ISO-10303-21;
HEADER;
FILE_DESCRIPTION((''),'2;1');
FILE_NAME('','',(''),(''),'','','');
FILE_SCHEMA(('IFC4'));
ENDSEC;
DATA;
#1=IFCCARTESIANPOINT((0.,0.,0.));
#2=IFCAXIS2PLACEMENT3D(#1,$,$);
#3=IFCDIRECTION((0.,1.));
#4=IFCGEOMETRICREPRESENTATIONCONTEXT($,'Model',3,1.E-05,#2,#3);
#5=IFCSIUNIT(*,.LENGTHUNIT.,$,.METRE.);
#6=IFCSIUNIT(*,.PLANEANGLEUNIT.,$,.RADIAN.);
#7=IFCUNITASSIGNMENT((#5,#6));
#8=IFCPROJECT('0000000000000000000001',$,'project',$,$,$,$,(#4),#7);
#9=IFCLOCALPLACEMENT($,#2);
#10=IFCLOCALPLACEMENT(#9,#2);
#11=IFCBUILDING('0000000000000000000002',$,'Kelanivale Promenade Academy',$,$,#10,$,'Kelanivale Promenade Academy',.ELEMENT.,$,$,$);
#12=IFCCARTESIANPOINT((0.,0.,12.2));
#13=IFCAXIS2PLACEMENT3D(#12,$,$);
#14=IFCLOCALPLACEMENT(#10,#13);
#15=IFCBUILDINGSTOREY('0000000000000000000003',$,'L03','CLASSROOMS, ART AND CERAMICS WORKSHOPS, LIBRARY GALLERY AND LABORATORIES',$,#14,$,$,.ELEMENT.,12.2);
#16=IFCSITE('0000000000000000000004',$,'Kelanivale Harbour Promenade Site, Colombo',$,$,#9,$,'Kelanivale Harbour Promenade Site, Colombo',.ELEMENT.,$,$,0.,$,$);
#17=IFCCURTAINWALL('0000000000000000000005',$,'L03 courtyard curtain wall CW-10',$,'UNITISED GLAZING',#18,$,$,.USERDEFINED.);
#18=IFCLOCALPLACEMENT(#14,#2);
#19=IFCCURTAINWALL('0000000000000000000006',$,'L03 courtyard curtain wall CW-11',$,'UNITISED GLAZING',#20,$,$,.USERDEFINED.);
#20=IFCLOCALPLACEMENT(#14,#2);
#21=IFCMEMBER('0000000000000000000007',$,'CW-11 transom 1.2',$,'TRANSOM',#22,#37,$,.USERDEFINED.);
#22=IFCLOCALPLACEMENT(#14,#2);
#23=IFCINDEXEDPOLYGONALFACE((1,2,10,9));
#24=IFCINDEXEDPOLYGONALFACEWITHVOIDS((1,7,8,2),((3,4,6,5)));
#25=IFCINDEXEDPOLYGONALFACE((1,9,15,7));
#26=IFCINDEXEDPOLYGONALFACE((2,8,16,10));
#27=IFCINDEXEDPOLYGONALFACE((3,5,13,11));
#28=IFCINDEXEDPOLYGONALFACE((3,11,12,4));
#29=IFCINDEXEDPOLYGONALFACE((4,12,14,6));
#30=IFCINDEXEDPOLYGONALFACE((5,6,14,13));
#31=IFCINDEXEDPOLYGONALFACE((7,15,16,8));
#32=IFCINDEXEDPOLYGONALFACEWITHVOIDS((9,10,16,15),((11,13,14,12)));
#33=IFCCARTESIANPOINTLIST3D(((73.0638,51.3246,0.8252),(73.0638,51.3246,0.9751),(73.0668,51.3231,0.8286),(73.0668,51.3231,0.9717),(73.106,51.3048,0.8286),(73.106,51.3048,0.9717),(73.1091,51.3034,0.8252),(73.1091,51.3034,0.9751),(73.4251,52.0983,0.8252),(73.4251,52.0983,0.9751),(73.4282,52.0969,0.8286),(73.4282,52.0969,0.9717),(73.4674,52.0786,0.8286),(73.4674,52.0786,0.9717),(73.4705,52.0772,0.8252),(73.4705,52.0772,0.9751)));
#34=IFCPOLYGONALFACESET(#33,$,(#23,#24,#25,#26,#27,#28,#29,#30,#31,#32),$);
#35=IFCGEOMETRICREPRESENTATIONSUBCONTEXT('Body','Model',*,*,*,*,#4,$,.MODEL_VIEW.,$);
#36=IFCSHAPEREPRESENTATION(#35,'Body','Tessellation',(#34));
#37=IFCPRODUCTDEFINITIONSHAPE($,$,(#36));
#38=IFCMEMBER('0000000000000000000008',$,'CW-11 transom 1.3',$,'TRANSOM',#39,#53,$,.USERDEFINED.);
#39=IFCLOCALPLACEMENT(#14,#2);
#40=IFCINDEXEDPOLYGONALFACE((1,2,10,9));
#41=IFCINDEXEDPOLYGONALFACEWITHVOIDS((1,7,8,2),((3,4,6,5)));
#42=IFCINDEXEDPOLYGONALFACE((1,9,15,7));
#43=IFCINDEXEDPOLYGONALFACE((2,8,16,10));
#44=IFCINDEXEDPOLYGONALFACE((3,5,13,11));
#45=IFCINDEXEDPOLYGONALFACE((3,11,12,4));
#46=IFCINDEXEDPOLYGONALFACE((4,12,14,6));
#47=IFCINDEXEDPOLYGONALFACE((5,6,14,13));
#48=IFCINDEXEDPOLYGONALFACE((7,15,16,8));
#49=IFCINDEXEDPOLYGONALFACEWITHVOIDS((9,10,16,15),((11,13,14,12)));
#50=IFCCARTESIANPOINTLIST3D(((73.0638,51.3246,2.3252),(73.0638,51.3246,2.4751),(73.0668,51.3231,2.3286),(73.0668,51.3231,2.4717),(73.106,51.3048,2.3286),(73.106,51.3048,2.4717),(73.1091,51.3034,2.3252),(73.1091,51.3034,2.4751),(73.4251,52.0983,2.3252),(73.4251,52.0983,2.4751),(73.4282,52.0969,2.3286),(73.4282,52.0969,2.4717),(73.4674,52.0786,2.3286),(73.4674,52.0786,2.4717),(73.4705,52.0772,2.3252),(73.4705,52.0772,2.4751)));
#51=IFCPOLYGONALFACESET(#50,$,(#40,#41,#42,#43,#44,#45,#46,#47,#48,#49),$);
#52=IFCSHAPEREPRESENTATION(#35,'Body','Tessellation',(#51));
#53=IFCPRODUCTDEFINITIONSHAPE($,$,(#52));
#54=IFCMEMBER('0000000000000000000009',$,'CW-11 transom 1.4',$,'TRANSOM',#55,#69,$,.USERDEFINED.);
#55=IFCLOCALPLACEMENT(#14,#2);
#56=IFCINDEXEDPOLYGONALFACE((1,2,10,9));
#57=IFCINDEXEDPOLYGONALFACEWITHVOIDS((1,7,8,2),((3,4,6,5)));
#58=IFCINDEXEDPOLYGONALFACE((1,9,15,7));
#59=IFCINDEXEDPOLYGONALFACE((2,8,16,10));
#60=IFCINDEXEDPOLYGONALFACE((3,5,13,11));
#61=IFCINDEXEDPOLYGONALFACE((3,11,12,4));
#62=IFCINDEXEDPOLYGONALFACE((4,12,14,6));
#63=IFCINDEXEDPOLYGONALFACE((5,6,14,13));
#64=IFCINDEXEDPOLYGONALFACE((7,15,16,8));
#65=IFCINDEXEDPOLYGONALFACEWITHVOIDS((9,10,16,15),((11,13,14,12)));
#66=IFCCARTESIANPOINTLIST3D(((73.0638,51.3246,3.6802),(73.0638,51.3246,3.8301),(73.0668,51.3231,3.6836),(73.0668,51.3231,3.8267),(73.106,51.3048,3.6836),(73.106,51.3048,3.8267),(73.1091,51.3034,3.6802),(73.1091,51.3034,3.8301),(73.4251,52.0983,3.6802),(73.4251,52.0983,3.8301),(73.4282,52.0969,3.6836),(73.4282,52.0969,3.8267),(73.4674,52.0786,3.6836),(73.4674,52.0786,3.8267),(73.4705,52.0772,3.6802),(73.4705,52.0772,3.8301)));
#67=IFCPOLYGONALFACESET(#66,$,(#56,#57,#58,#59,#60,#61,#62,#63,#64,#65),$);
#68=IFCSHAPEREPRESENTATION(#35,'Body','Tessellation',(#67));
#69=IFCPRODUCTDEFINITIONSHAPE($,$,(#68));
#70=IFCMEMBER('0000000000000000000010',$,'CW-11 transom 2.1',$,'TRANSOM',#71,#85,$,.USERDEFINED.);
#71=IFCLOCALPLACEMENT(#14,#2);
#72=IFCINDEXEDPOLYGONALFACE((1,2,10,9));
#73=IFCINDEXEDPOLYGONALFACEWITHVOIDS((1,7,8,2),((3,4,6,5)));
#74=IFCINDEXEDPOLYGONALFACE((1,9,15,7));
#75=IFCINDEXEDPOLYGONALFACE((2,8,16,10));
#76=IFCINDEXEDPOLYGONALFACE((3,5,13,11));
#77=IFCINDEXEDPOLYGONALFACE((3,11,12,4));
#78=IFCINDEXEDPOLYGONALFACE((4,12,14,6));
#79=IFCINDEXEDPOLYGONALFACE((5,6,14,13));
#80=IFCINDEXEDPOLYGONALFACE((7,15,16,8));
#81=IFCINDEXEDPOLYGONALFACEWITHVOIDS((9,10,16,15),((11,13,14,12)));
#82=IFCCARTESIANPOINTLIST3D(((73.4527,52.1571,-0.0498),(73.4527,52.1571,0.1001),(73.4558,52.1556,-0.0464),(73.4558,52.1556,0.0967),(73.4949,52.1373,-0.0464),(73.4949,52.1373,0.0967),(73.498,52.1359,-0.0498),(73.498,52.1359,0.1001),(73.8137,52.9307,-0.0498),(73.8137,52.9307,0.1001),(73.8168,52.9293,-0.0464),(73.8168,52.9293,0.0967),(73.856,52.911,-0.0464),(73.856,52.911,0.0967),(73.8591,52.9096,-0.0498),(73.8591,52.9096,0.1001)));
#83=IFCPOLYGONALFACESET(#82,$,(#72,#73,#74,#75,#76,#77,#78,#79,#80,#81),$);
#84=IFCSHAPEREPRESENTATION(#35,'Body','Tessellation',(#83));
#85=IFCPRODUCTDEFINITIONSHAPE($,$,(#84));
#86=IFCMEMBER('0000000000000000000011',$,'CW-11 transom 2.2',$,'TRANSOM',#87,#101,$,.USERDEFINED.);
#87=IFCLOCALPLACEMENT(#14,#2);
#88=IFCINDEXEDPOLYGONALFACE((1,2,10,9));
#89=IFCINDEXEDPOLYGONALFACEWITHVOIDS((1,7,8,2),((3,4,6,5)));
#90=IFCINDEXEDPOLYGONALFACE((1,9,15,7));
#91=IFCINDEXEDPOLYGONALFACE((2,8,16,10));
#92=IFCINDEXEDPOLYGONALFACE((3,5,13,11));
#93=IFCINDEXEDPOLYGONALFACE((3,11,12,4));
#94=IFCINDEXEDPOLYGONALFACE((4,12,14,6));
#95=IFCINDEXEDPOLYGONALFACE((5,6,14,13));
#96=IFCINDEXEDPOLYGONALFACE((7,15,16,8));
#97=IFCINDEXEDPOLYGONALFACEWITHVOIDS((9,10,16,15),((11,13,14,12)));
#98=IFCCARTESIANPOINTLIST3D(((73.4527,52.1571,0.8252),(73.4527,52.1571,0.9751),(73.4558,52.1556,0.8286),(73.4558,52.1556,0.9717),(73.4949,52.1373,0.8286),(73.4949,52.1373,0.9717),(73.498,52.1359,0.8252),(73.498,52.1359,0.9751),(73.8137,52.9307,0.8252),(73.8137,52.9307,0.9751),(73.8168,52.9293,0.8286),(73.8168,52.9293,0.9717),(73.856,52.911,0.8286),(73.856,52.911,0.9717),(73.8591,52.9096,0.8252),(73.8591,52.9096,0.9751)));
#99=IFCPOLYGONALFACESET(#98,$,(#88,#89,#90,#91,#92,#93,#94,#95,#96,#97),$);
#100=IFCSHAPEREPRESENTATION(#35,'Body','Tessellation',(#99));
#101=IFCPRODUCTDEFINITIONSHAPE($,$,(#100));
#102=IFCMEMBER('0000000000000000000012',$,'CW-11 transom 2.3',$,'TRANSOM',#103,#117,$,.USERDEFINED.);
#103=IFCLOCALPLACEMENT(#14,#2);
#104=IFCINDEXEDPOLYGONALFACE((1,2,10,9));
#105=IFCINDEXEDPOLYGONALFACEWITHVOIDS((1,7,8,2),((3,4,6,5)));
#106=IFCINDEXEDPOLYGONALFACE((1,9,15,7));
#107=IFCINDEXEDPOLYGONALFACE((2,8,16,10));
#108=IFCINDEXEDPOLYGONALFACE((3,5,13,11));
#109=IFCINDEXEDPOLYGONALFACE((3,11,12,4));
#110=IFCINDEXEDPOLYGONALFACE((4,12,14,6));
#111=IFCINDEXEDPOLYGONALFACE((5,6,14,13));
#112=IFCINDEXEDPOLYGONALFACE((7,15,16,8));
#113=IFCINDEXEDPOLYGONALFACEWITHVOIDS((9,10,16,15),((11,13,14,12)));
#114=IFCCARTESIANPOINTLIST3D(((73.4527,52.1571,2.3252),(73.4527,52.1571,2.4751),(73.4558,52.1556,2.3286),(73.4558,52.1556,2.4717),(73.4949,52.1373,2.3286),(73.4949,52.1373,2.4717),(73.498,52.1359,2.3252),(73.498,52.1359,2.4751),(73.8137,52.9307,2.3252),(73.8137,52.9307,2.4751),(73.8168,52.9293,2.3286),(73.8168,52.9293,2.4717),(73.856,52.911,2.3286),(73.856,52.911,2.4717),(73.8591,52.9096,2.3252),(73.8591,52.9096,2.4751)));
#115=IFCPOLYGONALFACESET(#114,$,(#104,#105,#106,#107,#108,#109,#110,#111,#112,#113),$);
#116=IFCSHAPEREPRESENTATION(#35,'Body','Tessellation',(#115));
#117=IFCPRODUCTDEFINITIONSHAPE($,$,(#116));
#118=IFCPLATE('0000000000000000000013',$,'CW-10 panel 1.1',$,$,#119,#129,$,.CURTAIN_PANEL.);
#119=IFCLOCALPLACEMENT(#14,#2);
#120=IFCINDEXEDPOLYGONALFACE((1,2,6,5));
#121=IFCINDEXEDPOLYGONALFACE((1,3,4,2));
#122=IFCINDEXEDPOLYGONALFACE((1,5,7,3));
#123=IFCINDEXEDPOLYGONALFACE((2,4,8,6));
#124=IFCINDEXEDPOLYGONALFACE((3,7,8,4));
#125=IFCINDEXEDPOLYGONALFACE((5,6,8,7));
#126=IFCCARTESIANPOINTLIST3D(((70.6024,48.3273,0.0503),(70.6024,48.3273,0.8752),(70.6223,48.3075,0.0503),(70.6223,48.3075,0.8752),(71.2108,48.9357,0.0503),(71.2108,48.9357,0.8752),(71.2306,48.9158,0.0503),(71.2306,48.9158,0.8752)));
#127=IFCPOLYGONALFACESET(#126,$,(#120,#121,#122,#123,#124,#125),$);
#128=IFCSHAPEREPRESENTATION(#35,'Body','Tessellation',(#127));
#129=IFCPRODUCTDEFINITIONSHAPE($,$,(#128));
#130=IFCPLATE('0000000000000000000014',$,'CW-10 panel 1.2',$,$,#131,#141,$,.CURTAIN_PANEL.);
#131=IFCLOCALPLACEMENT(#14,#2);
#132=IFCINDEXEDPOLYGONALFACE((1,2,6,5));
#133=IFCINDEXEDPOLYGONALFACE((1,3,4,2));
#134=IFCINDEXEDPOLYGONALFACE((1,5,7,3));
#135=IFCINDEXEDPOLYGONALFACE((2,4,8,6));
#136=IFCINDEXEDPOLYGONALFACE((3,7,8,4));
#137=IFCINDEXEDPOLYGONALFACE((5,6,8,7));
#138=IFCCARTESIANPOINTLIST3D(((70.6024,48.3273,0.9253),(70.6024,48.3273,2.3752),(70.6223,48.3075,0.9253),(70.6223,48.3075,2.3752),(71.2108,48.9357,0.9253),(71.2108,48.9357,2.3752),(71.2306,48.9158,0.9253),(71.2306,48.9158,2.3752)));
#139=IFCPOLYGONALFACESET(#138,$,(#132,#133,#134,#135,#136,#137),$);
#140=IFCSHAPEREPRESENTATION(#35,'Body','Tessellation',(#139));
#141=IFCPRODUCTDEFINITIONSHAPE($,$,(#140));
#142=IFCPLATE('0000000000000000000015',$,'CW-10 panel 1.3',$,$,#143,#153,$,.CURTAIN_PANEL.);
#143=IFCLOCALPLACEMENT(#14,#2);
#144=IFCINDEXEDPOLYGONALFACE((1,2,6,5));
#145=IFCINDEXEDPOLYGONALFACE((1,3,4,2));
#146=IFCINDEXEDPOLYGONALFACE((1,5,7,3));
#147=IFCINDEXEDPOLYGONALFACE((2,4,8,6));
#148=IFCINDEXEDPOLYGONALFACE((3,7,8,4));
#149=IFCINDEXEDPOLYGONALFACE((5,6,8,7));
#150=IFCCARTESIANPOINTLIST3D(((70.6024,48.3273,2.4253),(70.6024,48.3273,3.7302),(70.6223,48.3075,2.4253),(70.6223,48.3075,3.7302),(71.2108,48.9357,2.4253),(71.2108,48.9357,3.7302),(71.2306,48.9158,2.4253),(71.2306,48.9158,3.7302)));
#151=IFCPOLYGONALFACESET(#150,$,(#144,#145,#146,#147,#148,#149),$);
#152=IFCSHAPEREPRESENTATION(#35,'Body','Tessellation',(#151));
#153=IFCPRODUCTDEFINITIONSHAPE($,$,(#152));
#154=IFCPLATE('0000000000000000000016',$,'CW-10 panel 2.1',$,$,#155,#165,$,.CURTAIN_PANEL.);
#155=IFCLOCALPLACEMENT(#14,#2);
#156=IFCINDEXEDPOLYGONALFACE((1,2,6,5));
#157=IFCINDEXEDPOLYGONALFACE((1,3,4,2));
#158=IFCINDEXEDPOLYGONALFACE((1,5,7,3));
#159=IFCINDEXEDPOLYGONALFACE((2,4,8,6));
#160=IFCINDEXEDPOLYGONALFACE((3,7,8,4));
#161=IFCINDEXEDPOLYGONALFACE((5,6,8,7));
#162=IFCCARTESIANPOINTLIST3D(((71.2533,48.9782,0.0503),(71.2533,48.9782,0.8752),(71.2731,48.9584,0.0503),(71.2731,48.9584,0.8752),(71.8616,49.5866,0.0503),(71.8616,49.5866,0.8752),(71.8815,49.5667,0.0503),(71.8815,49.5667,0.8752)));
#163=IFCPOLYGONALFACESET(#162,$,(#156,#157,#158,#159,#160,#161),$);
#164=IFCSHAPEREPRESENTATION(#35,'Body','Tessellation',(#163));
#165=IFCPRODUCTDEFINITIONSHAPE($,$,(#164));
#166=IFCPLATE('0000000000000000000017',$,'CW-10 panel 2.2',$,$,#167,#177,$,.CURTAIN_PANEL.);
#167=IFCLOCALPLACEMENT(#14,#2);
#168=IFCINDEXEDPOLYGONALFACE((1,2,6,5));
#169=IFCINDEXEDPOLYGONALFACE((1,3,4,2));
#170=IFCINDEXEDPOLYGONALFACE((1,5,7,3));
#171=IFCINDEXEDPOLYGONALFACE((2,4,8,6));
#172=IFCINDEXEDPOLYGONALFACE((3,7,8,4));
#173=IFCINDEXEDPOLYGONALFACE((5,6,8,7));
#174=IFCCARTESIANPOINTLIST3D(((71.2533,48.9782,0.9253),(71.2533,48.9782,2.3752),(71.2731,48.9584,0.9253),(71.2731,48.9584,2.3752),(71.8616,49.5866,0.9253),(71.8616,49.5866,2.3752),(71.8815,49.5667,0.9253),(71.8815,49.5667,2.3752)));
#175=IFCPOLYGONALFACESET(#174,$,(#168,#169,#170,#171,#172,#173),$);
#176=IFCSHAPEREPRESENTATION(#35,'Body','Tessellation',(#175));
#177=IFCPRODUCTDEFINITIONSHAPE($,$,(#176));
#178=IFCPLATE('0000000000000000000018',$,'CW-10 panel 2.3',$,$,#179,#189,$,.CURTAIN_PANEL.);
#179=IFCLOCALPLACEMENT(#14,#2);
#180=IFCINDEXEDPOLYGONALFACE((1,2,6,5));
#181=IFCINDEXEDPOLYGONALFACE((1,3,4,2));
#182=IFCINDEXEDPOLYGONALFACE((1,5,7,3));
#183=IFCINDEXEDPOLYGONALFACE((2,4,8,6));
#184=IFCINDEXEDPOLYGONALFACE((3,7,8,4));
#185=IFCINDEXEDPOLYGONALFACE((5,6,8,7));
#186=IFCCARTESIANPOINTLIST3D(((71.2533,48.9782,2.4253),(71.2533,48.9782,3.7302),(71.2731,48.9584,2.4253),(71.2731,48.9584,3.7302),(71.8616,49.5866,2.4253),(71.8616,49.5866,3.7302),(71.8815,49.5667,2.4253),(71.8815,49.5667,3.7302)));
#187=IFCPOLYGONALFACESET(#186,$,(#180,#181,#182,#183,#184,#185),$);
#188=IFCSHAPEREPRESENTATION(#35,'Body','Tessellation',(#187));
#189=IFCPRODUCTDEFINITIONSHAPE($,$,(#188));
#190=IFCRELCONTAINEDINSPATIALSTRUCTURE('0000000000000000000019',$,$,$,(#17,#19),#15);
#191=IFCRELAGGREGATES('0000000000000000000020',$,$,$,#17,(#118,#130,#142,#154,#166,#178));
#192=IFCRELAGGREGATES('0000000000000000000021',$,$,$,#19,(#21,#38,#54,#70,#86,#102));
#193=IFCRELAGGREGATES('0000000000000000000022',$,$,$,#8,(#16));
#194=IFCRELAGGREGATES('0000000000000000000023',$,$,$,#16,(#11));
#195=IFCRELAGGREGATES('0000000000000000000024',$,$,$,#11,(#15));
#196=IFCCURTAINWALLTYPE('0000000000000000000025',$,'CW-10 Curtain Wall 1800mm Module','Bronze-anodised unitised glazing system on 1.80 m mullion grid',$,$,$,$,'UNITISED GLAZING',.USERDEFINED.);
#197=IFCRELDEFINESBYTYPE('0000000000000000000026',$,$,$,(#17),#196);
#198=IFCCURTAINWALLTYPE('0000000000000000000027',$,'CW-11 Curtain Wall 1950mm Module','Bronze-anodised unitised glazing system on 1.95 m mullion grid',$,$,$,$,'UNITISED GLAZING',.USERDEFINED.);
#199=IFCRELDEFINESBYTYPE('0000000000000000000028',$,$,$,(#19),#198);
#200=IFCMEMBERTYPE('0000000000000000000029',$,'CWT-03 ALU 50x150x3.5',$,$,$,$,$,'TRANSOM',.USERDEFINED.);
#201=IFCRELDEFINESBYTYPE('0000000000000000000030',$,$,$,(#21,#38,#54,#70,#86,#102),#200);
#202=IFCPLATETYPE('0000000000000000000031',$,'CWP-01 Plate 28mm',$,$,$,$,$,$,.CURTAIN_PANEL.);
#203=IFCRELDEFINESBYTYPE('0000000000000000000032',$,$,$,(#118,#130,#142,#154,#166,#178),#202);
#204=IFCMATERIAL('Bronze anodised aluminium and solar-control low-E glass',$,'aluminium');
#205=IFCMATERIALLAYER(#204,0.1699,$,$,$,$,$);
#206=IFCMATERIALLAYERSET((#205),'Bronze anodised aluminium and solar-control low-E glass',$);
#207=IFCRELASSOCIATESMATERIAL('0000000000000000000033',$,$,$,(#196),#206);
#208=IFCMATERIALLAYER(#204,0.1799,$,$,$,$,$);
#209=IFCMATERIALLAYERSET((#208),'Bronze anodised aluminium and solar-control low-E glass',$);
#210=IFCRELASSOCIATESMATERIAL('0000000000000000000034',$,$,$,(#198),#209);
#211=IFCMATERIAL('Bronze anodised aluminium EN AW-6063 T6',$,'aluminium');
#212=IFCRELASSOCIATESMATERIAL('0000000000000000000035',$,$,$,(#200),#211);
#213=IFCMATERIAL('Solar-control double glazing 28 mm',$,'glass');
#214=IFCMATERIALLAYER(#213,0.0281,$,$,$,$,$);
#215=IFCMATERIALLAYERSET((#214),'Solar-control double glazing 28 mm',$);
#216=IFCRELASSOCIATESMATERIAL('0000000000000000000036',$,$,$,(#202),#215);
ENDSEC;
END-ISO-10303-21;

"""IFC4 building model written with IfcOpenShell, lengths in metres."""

from ifc_helpers import new_model, si_unit, direction, frame, origin, origin_2d, place, context, subcontext, project, spatial, rectangle, hollow_rectangle, extrude, material, layer, layer_set, material_profile, profile_set, type_object, element, aggregate, save


model = new_model("IFC4")

# Units and contexts
model_context = context("Model", 3, precision=1e-05, world=origin(), true_north=direction((0.0, 1.0)))
body_context = subcontext(model_context, "Body", "Model", "MODEL_VIEW")
ifc_project = project(units=[si_unit("LENGTHUNIT", "METRE"), si_unit("PLANEANGLEUNIT", "RADIAN")], contexts=[model_context])

# Site, building, storey
site_placement = place(None, origin())
site = spatial("IfcSite", under=ifc_project, at=site_placement, Name="Kelanivale Harbour Promenade Site, Colombo", LongName="Kelanivale Harbour Promenade Site, Colombo", CompositionType="ELEMENT", RefElevation=0.0)
building_placement = place(site_placement, origin())
building = spatial("IfcBuilding", under=site, at=building_placement, Name="Kelanivale Promenade Academy", LongName="Kelanivale Promenade Academy", CompositionType="ELEMENT")
storey_placement = place(building_placement, frame((0.0, 0.0, 12.2)))
storey = spatial("IfcBuildingStorey", under=building, at=storey_placement, Name="L03", Description="CLASSROOMS, ART AND CERAMICS WORKSHOPS, LIBRARY GALLERY AND LABORATORIES", CompositionType="ELEMENT", Elevation=12.2)

# Curtain walls
ifc_material_1 = material(Name="Bronze anodised aluminium and solar-control low-E glass", Category="aluminium")
ifc_layer_1 = layer(ifc_material_1, 0.1699)
ifc_layer_set_1 = layer_set([ifc_layer_1], Name="Bronze anodised aluminium and solar-control low-E glass")
curtain_wall_type_1 = type_object("IfcCurtainWallType", Name="CW-10 Curtain Wall 1800mm Module", Description="Bronze-anodised unitised glazing system on 1.80 m mullion grid", ElementType="UNITISED GLAZING", PredefinedType="USERDEFINED", material=ifc_layer_set_1)
curtain_wall_1_placement = place(storey_placement, origin())
curtain_wall_1 = element("IfcCurtainWall", 1, at=curtain_wall_1_placement, inside=storey, type_object=curtain_wall_type_1, Name="L03 courtyard curtain wall CW-10", ObjectType="UNITISED GLAZING", PredefinedType="USERDEFINED")
ifc_material_2 = material(Name="Bronze anodised aluminium EN AW-6063 T6", Category="aluminium")
ifc_layer_2 = layer(ifc_material_1, 0.1799)
ifc_layer_set_2 = layer_set([ifc_layer_2], Name="Bronze anodised aluminium and solar-control low-E glass")
curtain_wall_type_2 = type_object("IfcCurtainWallType", Name="CW-11 Curtain Wall 1950mm Module", Description="Bronze-anodised unitised glazing system on 1.95 m mullion grid", ElementType="UNITISED GLAZING", PredefinedType="USERDEFINED", material=ifc_layer_set_2)
curtain_wall_2_placement = place(storey_placement, origin())
curtain_wall_2 = element("IfcCurtainWall", 2, at=curtain_wall_2_placement, inside=storey, type_object=curtain_wall_type_2, Name="L03 courtyard curtain wall CW-11", ObjectType="UNITISED GLAZING", PredefinedType="USERDEFINED")

# Members
ifc_material_profile_1 = material_profile(ifc_material_2, hollow_rectangle(XDim=0.05, YDim=0.1499, WallThickness=0.0034, at=origin_2d()), Name="ALU 50x150x3.5")
ifc_profile_set_1 = profile_set([ifc_material_profile_1], Name="Bronze anodised aluminium EN AW-6063 T6")
member_type_1 = type_object("IfcMemberType", Name="CWT-03 ALU 50x150x3.5", ElementType="TRANSOM", PredefinedType="USERDEFINED", material=ifc_profile_set_1)
member_1_placement = place(storey_placement, frame((73.0864, 51.314, 0.9001), z_axis=(0.423152, 0.906059, 0.0), x_axis=(-0.906059, 0.423152, 0.0)))
member_1 = element("IfcMember", 3, at=member_1_placement, type_object=member_type_1, Name="CW-11 transom 1.2", ObjectType="TRANSOM", PredefinedType="USERDEFINED", context=body_context, shape_type="SweptSolid", body=[
    extrude(hollow_rectangle(XDim=0.05, YDim=0.1499, WallThickness=0.0034, at=origin_2d()), origin(), (0.0, 0.0, 1.0), 0.854),
])
member_2_placement = place(storey_placement, frame((73.0864, 51.314, 2.4001), z_axis=(0.423152, 0.906059, 0.0), x_axis=(-0.906059, 0.423152, 0.0)))
member_2 = element("IfcMember", 4, at=member_2_placement, type_object=member_type_1, Name="CW-11 transom 1.3", ObjectType="TRANSOM", PredefinedType="USERDEFINED", context=body_context, shape_type="SweptSolid", body=[
    extrude(hollow_rectangle(XDim=0.05, YDim=0.1499, WallThickness=0.0034, at=origin_2d()), origin(), (0.0, 0.0, 1.0), 0.854),
])
member_3_placement = place(storey_placement, frame((73.0864, 51.314, 3.7551), z_axis=(0.423152, 0.906059, 0.0), x_axis=(-0.906059, 0.423152, 0.0)))
member_3 = element("IfcMember", 5, at=member_3_placement, type_object=member_type_1, Name="CW-11 transom 1.4", ObjectType="TRANSOM", PredefinedType="USERDEFINED", context=body_context, shape_type="SweptSolid", body=[
    extrude(hollow_rectangle(XDim=0.05, YDim=0.1499, WallThickness=0.0034, at=origin_2d()), origin(), (0.0, 0.0, 1.0), 0.854),
])
member_4_placement = place(storey_placement, frame((73.4753, 52.1465, 0.0251), z_axis=(0.422917, 0.906169, 0.0), x_axis=(-0.906169, 0.422917, 0.0)))
member_4 = element("IfcMember", 6, at=member_4_placement, type_object=member_type_1, Name="CW-11 transom 2.1", ObjectType="TRANSOM", PredefinedType="USERDEFINED", context=body_context, shape_type="SweptSolid", body=[
    extrude(hollow_rectangle(XDim=0.05, YDim=0.1499, WallThickness=0.0034, at=origin_2d()), origin(), (0.0, 0.0, 1.0), 0.8538),
])
member_5_placement = place(storey_placement, frame((73.4753, 52.1465, 0.9001), z_axis=(0.422917, 0.906169, 0.0), x_axis=(-0.906169, 0.422917, 0.0)))
member_5 = element("IfcMember", 7, at=member_5_placement, type_object=member_type_1, Name="CW-11 transom 2.2", ObjectType="TRANSOM", PredefinedType="USERDEFINED", context=body_context, shape_type="SweptSolid", body=[
    extrude(hollow_rectangle(XDim=0.05, YDim=0.1499, WallThickness=0.0034, at=origin_2d()), origin(), (0.0, 0.0, 1.0), 0.8538),
])
member_6_placement = place(storey_placement, frame((73.4753, 52.1465, 2.4001), z_axis=(0.422917, 0.906169, 0.0), x_axis=(-0.906169, 0.422917, 0.0)))
member_6 = element("IfcMember", 8, at=member_6_placement, type_object=member_type_1, Name="CW-11 transom 2.3", ObjectType="TRANSOM", PredefinedType="USERDEFINED", context=body_context, shape_type="SweptSolid", body=[
    extrude(hollow_rectangle(XDim=0.05, YDim=0.1499, WallThickness=0.0034, at=origin_2d()), origin(), (0.0, 0.0, 1.0), 0.8538),
])

# Plates
ifc_material_3 = material(Name="Solar-control double glazing 28 mm", Category="glass")
ifc_layer_3 = layer(ifc_material_3, 0.0281)
ifc_layer_set_3 = layer_set([ifc_layer_3], Name="Solar-control double glazing 28 mm")
plate_type_1 = type_object("IfcPlateType", Name="CWP-01 Plate 28mm", PredefinedType="CURTAIN_PANEL", material=ifc_layer_set_3)
plate_1_placement = place(storey_placement, frame((70.9165, 48.6216, 0.0503), z_axis=(0.0, 0.0, 1.0), x_axis=(0.707107, 0.707107, 0.0)))
plate_1 = element("IfcPlate", 9, at=plate_1_placement, type_object=plate_type_1, Name="CW-10 panel 1.1", PredefinedType="CURTAIN_PANEL", context=body_context, shape_type="SweptSolid", body=[
    extrude(rectangle(XDim=0.8604, YDim=0.0281, at=origin_2d()), origin(), (0.0, 0.0, 1.0), 0.825),
])
plate_2_placement = place(storey_placement, frame((70.9165, 48.6216, 0.9253), z_axis=(0.0, 0.0, 1.0), x_axis=(0.707107, 0.707107, 0.0)))
plate_2 = element("IfcPlate", 10, at=plate_2_placement, type_object=plate_type_1, Name="CW-10 panel 1.2", PredefinedType="CURTAIN_PANEL", context=body_context, shape_type="SweptSolid", body=[
    extrude(rectangle(XDim=0.8604, YDim=0.0281, at=origin_2d()), origin(), (0.0, 0.0, 1.0), 1.45),
])
plate_3_placement = place(storey_placement, frame((70.9165, 48.6216, 2.4253), z_axis=(0.0, 0.0, 1.0), x_axis=(0.707107, 0.707107, 0.0)))
plate_3 = element("IfcPlate", 11, at=plate_3_placement, type_object=plate_type_1, Name="CW-10 panel 1.3", PredefinedType="CURTAIN_PANEL", context=body_context, shape_type="SweptSolid", body=[
    extrude(rectangle(XDim=0.8604, YDim=0.0281, at=origin_2d()), origin(), (0.0, 0.0, 1.0), 1.3049),
])
plate_4_placement = place(storey_placement, frame((71.5674, 49.2725, 0.0503), z_axis=(0.0, 0.0, 1.0), x_axis=(0.707107, 0.707107, 0.0)))
plate_4 = element("IfcPlate", 12, at=plate_4_placement, type_object=plate_type_1, Name="CW-10 panel 2.1", PredefinedType="CURTAIN_PANEL", context=body_context, shape_type="SweptSolid", body=[
    extrude(rectangle(XDim=0.8604, YDim=0.0281, at=origin_2d()), origin(), (0.0, 0.0, 1.0), 0.825),
])
plate_5_placement = place(storey_placement, frame((71.5674, 49.2725, 0.9253), z_axis=(0.0, 0.0, 1.0), x_axis=(0.707107, 0.707107, 0.0)))
plate_5 = element("IfcPlate", 13, at=plate_5_placement, type_object=plate_type_1, Name="CW-10 panel 2.2", PredefinedType="CURTAIN_PANEL", context=body_context, shape_type="SweptSolid", body=[
    extrude(rectangle(XDim=0.8604, YDim=0.0281, at=origin_2d()), origin(), (0.0, 0.0, 1.0), 1.45),
])
plate_6_placement = place(storey_placement, frame((71.5674, 49.2725, 2.4253), z_axis=(0.0, 0.0, 1.0), x_axis=(0.707107, 0.707107, 0.0)))
plate_6 = element("IfcPlate", 14, at=plate_6_placement, type_object=plate_type_1, Name="CW-10 panel 2.3", PredefinedType="CURTAIN_PANEL", context=body_context, shape_type="SweptSolid", body=[
    extrude(rectangle(XDim=0.8604, YDim=0.0281, at=origin_2d()), origin(), (0.0, 0.0, 1.0), 1.3049),
])
aggregate(curtain_wall_1, [plate_1, plate_2, plate_3, plate_4, plate_5, plate_6])
aggregate(curtain_wall_2, [member_1, member_2, member_3, member_4, member_5, member_6])

save(model, "model.ifc")
